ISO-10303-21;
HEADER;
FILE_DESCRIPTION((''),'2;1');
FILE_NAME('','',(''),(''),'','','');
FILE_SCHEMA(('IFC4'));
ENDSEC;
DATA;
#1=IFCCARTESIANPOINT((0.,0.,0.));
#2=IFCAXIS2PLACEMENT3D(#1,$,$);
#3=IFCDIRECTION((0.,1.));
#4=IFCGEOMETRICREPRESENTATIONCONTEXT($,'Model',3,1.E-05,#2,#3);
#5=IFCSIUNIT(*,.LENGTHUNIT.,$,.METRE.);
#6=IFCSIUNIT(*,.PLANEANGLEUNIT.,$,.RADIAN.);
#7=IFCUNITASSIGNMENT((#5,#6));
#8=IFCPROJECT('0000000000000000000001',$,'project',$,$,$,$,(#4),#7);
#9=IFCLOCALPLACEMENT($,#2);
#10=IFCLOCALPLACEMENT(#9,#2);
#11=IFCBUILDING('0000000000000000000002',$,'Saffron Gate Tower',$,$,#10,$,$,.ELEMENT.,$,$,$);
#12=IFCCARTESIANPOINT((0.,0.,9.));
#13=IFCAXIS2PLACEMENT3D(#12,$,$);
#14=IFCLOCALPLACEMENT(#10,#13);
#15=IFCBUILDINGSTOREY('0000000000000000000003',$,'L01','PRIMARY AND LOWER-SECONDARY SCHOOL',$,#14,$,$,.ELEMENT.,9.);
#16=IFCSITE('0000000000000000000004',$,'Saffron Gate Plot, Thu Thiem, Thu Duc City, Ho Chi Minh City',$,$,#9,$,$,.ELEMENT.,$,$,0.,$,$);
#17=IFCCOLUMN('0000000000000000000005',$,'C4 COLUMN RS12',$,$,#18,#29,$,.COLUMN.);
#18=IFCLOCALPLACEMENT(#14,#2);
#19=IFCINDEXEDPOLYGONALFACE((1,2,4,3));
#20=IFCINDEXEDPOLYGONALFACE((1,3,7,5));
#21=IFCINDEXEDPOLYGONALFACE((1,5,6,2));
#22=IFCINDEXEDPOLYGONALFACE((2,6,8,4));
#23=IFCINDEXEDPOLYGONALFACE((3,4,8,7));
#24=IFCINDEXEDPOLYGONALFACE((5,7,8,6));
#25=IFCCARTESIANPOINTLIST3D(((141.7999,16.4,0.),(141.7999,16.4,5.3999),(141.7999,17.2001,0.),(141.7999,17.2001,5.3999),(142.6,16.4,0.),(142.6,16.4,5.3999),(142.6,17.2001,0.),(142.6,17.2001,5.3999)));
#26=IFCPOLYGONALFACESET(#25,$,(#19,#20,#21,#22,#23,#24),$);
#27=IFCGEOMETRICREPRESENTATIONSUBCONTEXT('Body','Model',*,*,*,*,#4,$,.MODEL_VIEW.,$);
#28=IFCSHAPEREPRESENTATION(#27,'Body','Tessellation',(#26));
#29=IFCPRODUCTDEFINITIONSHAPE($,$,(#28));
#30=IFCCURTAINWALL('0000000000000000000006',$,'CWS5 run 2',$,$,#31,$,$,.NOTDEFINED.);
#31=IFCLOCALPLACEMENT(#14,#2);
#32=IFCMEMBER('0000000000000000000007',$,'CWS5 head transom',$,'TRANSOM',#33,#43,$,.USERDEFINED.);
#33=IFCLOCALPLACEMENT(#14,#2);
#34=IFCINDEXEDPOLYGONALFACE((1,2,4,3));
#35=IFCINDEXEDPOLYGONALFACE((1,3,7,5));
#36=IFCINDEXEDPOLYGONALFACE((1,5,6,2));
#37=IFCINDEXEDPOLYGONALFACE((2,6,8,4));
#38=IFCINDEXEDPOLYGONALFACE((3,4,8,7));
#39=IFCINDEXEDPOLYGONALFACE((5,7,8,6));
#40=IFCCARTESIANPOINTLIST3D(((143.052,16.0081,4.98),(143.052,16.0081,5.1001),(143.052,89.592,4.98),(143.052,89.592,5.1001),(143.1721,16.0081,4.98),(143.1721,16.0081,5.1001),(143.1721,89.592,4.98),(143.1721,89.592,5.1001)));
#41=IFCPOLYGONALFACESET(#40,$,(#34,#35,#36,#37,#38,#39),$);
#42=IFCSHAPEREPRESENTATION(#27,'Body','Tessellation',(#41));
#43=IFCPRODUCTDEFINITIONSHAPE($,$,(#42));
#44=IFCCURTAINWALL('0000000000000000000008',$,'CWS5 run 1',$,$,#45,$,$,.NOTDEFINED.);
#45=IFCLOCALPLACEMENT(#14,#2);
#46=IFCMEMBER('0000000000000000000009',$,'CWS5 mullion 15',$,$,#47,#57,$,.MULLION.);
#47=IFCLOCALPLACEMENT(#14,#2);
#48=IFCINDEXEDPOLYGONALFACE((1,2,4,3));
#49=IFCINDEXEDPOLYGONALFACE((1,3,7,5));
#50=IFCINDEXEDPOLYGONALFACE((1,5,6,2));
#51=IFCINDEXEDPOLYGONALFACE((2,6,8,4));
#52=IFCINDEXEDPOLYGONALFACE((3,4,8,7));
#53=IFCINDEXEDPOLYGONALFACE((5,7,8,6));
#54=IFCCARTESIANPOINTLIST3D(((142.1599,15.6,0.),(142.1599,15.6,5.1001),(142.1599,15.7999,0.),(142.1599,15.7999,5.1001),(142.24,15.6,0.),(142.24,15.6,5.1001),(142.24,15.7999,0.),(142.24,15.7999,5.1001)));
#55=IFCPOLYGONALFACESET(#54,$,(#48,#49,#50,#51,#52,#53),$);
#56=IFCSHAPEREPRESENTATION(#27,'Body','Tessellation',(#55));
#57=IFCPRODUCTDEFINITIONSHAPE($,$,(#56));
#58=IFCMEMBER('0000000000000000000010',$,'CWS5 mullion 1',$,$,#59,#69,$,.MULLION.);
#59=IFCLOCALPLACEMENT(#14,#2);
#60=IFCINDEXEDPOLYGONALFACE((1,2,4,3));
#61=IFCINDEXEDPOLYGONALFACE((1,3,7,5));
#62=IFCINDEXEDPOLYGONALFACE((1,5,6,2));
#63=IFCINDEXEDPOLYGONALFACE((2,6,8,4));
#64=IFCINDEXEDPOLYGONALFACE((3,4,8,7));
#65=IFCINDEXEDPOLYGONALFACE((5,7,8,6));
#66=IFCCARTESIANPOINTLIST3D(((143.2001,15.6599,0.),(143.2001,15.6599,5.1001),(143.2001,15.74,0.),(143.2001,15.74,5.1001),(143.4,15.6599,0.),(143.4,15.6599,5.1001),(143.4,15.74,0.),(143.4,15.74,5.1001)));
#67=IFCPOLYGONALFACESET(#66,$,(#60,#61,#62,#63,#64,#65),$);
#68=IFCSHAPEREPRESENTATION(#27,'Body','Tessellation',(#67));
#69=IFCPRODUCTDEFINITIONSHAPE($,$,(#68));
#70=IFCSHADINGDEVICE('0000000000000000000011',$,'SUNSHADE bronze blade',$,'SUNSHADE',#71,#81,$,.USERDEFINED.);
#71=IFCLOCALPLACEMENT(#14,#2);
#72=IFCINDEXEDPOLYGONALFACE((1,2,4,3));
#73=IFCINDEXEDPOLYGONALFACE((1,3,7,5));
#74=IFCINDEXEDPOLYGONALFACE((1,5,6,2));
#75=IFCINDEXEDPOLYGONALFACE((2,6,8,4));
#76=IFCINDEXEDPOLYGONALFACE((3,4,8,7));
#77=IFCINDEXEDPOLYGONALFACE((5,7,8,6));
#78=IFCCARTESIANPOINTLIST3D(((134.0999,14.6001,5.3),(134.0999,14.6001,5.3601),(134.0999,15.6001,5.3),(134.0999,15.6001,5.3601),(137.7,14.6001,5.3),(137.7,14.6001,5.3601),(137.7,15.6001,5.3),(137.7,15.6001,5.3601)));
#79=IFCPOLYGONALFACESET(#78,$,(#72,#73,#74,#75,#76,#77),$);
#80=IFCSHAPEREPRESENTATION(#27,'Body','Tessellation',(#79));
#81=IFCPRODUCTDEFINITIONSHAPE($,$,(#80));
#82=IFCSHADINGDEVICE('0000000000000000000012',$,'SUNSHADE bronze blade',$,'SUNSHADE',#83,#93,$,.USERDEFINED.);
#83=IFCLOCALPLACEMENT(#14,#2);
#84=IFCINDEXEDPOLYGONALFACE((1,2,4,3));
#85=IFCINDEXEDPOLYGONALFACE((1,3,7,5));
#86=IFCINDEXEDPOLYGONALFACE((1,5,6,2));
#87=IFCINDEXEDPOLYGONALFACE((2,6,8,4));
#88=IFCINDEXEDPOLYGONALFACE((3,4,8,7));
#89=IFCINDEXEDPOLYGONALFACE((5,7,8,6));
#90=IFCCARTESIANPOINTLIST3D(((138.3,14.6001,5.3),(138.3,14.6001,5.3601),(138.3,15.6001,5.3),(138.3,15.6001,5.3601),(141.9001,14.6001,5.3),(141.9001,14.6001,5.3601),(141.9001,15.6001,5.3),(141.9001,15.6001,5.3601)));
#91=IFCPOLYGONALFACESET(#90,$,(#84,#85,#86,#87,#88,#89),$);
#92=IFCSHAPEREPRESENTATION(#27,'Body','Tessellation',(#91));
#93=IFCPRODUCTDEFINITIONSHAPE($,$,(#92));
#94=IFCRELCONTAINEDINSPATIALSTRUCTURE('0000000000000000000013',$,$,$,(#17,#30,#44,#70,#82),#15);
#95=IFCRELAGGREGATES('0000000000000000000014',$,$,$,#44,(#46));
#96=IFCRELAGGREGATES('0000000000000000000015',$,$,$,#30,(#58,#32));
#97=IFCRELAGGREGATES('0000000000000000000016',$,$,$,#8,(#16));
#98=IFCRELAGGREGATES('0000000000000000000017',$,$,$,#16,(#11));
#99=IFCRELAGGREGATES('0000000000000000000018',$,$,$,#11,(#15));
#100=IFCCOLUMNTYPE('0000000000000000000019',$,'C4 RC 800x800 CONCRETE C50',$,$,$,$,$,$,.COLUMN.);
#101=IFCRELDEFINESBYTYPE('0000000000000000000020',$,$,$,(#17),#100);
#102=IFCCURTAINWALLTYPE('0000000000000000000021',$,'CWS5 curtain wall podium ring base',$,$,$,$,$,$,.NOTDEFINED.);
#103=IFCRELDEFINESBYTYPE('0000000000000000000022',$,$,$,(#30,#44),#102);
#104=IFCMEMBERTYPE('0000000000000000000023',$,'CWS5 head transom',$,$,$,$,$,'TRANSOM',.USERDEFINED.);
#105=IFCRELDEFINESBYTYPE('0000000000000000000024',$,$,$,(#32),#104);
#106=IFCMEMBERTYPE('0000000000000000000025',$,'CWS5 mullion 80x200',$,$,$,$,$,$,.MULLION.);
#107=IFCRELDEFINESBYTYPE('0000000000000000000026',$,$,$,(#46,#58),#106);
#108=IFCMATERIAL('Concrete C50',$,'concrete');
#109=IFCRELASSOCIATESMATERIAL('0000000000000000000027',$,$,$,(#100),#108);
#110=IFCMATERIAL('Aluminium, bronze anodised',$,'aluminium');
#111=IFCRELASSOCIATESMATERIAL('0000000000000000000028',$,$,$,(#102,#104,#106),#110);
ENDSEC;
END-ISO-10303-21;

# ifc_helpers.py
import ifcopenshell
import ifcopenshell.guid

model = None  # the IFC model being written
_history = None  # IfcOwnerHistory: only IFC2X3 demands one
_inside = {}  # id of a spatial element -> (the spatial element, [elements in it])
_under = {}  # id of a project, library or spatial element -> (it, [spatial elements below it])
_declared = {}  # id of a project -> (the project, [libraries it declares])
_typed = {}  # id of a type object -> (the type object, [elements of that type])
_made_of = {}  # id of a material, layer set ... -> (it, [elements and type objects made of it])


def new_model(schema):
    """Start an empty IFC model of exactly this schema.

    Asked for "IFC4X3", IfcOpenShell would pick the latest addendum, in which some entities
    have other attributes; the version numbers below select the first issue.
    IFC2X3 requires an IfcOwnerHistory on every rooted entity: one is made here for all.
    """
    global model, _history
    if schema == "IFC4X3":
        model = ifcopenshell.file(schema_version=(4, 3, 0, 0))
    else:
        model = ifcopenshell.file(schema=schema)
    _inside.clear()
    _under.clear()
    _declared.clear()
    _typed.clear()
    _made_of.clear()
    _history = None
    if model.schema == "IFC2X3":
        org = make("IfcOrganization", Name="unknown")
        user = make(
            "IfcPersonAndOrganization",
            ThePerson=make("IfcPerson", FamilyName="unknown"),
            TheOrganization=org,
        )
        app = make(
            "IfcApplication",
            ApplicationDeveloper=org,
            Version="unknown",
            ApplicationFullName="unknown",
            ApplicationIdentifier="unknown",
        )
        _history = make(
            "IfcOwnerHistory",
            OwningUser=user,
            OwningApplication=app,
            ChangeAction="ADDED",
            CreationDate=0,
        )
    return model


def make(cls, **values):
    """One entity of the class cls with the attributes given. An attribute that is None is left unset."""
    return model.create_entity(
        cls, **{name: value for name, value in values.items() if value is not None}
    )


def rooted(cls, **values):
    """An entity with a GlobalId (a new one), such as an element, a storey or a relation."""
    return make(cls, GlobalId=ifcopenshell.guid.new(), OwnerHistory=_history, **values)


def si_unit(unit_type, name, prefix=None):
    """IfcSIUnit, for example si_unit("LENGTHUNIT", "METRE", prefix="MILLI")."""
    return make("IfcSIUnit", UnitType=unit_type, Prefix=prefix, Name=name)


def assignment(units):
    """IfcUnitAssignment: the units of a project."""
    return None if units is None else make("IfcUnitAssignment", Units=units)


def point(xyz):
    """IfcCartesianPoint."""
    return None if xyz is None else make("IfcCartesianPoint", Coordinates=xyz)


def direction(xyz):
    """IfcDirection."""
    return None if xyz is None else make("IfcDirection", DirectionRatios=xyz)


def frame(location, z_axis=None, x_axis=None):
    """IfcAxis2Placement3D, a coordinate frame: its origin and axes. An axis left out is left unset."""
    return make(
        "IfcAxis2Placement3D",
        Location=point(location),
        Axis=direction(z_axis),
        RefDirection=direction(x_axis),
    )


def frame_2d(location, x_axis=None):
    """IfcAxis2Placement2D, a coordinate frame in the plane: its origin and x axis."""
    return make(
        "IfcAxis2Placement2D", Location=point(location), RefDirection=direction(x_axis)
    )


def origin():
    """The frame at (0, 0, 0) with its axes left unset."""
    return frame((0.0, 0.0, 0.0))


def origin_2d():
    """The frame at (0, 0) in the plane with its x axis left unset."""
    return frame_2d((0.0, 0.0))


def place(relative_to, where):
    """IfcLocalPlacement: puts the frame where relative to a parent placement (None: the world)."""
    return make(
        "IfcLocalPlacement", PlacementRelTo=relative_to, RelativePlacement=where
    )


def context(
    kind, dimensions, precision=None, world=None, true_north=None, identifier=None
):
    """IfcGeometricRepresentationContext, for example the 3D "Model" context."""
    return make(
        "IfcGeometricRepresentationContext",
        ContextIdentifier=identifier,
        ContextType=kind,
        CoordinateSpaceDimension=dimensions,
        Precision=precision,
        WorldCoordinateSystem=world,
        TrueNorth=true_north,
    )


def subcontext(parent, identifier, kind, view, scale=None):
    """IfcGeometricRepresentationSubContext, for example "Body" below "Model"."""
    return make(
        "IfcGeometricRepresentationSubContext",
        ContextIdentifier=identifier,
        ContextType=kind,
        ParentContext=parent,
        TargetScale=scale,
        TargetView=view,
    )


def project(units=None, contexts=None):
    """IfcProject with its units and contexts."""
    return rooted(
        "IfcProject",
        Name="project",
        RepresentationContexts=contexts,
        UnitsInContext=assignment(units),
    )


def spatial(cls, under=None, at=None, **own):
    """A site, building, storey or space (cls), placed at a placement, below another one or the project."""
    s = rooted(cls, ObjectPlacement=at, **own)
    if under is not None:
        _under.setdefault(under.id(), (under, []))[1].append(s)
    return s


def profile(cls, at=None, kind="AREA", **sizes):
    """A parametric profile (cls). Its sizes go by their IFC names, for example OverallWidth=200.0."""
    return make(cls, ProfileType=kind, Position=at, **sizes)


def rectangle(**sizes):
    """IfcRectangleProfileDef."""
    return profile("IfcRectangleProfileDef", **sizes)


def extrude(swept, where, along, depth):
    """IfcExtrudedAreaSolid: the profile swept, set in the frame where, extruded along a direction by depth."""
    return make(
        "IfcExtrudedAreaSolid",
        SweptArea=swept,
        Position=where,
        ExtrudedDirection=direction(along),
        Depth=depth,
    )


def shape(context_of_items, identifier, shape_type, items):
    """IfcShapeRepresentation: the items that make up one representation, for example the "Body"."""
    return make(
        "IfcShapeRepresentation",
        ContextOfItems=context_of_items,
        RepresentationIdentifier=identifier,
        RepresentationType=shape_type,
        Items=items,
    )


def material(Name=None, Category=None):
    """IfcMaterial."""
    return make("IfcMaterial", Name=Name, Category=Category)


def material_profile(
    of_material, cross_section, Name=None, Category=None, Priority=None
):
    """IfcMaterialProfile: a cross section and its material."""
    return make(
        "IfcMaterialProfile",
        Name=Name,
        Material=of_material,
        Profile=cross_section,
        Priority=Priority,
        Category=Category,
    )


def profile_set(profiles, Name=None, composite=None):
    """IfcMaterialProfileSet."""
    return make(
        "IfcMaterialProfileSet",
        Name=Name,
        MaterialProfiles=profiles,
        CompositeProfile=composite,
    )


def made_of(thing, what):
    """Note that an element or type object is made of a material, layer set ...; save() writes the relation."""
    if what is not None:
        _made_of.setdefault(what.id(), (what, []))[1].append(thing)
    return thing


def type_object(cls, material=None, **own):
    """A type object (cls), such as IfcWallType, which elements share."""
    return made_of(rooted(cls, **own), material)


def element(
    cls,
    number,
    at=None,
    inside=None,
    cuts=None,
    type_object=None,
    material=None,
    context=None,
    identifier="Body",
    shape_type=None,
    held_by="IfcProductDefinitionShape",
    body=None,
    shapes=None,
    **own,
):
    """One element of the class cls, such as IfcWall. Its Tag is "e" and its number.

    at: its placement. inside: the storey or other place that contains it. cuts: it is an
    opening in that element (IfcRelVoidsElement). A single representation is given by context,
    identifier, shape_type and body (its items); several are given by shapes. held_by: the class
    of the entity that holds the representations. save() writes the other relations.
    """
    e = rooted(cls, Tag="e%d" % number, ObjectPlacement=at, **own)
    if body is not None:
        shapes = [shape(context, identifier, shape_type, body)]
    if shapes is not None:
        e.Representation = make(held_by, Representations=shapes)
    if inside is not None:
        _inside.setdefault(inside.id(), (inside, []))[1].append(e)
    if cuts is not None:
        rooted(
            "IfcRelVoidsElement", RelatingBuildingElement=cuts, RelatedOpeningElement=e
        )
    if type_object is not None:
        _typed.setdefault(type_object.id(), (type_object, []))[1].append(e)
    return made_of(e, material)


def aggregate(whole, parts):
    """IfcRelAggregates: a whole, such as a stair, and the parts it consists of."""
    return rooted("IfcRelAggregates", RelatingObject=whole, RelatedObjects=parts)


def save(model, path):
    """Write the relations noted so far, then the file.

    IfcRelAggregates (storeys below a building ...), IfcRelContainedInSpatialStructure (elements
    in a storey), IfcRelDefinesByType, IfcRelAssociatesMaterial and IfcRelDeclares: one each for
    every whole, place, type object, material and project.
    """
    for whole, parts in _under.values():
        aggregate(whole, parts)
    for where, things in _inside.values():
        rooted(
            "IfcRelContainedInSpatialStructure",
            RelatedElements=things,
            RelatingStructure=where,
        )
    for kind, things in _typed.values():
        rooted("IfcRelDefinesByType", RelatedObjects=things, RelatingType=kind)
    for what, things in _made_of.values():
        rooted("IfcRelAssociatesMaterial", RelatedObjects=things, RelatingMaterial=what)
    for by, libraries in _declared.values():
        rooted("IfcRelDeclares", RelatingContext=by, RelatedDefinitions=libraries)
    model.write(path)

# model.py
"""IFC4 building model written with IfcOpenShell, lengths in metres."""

from ifc_helpers import new_model, si_unit, direction, frame, origin, origin_2d, place, context, subcontext, project, spatial, rectangle, extrude, material, material_profile, profile_set, type_object, element, aggregate, save


model = new_model("IFC4")

# Units and contexts
model_context = context("Model", 3, precision=1e-05, world=origin(), true_north=direction((0.0, 1.0)))
body_context = subcontext(model_context, "Body", "Model", "MODEL_VIEW")
ifc_project = project(units=[si_unit("LENGTHUNIT", "METRE"), si_unit("PLANEANGLEUNIT", "RADIAN")], contexts=[model_context])

# Site, building, storey
site_placement = place(None, origin())
site = spatial("IfcSite", under=ifc_project, at=site_placement, Name="Saffron Gate Plot, Thu Thiem, Thu Duc City, Ho Chi Minh City", CompositionType="ELEMENT", RefElevation=0.0)
building_placement = place(site_placement, origin())
building = spatial("IfcBuilding", under=site, at=building_placement, Name="Saffron Gate Tower", CompositionType="ELEMENT")
storey_placement = place(building_placement, frame((0.0, 0.0, 9.0)))
storey = spatial("IfcBuildingStorey", under=building, at=storey_placement, Name="L01", Description="PRIMARY AND LOWER-SECONDARY SCHOOL", CompositionType="ELEMENT", Elevation=9.0)

# Column
ifc_material_1 = material(Name="Concrete C50", Category="concrete")
ifc_material_profile_1 = material_profile(ifc_material_1, rectangle(XDim=0.8, YDim=0.8, at=origin_2d()))
ifc_profile_set_1 = profile_set([ifc_material_profile_1], Name="Concrete C50")
column_type = type_object("IfcColumnType", Name="C4 RC 800x800 CONCRETE C50", PredefinedType="COLUMN", material=ifc_profile_set_1)
column_placement = place(storey_placement, frame((142.2, 16.8, 0.0), z_axis=(0.0, 0.0, 1.0), x_axis=(1.0, 0.0, 0.0)))
element("IfcColumn", 1, at=column_placement, inside=storey, type_object=column_type, Name="C4 COLUMN RS12", PredefinedType="COLUMN", context=body_context, shape_type="SweptSolid", body=[
    extrude(rectangle(XDim=0.8, YDim=0.8, at=origin_2d()), origin(), (0.0, 0.0, 1.0), 5.3999),
])

# Curtain walls, members
ifc_material_2 = material(Name="Aluminium, bronze anodised", Category="aluminium")
curtain_wall_type = type_object("IfcCurtainWallType", Name="CWS5 curtain wall podium ring base", PredefinedType="NOTDEFINED", material=ifc_material_2)
curtain_wall_1_placement = place(storey_placement, origin())
curtain_wall_1 = element("IfcCurtainWall", 2, at=curtain_wall_1_placement, inside=storey, type_object=curtain_wall_type, Name="CWS5 run 2", PredefinedType="NOTDEFINED")
ifc_material_profile_2 = material_profile(ifc_material_2, rectangle(XDim=0.1201, YDim=0.1201, at=origin_2d()))
ifc_profile_set_2 = profile_set([ifc_material_profile_2], Name="Aluminium, bronze anodised")
member_type_1 = type_object("IfcMemberType", Name="CWS5 head transom", ElementType="TRANSOM", PredefinedType="USERDEFINED", material=ifc_profile_set_2)
member_1_placement = place(storey_placement, frame((143.1121, 16.0081, 5.04), z_axis=(0.0, 1.0, 0.0), x_axis=(-1.0, 0.0, 0.0)))
member_1 = element("IfcMember", 3, at=member_1_placement, type_object=member_type_1, Name="CWS5 head transom", ObjectType="TRANSOM", PredefinedType="USERDEFINED", context=body_context, shape_type="SweptSolid", body=[
    extrude(rectangle(XDim=0.1201, YDim=0.1201, at=origin_2d()), origin(), (0.0, 0.0, 1.0), 73.584),
])
curtain_wall_2_placement = place(storey_placement, origin())
curtain_wall_2 = element("IfcCurtainWall", 4, at=curtain_wall_2_placement, inside=storey, type_object=curtain_wall_type, Name="CWS5 run 1", PredefinedType="NOTDEFINED")
ifc_material_profile_3 = material_profile(ifc_material_2, rectangle(XDim=0.2, YDim=0.0801, at=origin_2d()))
ifc_profile_set_3 = profile_set([ifc_material_profile_3], Name="Aluminium, bronze anodised")
member_type_2 = type_object("IfcMemberType", Name="CWS5 mullion 80x200", PredefinedType="MULLION", material=ifc_profile_set_3)
member_2_placement = place(storey_placement, frame((142.2, 15.7, 0.0), z_axis=(0.0, 0.0, 1.0), x_axis=(0.0, 1.0, 0.0)))
member_2 = element("IfcMember", 5, at=member_2_placement, type_object=member_type_2, Name="CWS5 mullion 15", PredefinedType="MULLION", context=body_context, shape_type="SweptSolid", body=[
    extrude(rectangle(XDim=0.2, YDim=0.0801, at=origin_2d()), origin(), (0.0, 0.0, 1.0), 5.1001),
])
aggregate(curtain_wall_2, [member_2])

# Member
member_3_placement = place(storey_placement, frame((143.3, 15.7, 0.0), z_axis=(0.0, 0.0, 1.0), x_axis=(-1.0, 0.0, 0.0)))
member_3 = element("IfcMember", 6, at=member_3_placement, type_object=member_type_2, Name="CWS5 mullion 1", PredefinedType="MULLION", context=body_context, shape_type="SweptSolid", body=[
    extrude(rectangle(XDim=0.2, YDim=0.0801, at=origin_2d()), origin(), (0.0, 0.0, 1.0), 5.1001),
])

aggregate(curtain_wall_1, [member_3, member_1])

# Shading devices
for number, where, z_axis, x_axis, name in (
    (7, (135.8999, 15.1001, 5.3), (0.0, 0.0, 1.0), (1.0, 0.0, 0.0), "SUNSHADE bronze blade"),
    (8, (140.1001, 15.1001, 5.3), (0.0, 0.0, 1.0), (1.0, 0.0, 0.0), "SUNSHADE bronze blade"),
):
    element("IfcShadingDevice", number, at=place(storey_placement, frame(where, z_axis=z_axis, x_axis=x_axis)), inside=storey, Name=name, ObjectType="SUNSHADE", PredefinedType="USERDEFINED", context=body_context, shape_type="SweptSolid", body=[
        extrude(rectangle(XDim=3.6001, YDim=1.0, at=origin_2d()), origin(), (0.0, 0.0, 1.0), 0.0601),
    ])

save(model, "model.ifc")
